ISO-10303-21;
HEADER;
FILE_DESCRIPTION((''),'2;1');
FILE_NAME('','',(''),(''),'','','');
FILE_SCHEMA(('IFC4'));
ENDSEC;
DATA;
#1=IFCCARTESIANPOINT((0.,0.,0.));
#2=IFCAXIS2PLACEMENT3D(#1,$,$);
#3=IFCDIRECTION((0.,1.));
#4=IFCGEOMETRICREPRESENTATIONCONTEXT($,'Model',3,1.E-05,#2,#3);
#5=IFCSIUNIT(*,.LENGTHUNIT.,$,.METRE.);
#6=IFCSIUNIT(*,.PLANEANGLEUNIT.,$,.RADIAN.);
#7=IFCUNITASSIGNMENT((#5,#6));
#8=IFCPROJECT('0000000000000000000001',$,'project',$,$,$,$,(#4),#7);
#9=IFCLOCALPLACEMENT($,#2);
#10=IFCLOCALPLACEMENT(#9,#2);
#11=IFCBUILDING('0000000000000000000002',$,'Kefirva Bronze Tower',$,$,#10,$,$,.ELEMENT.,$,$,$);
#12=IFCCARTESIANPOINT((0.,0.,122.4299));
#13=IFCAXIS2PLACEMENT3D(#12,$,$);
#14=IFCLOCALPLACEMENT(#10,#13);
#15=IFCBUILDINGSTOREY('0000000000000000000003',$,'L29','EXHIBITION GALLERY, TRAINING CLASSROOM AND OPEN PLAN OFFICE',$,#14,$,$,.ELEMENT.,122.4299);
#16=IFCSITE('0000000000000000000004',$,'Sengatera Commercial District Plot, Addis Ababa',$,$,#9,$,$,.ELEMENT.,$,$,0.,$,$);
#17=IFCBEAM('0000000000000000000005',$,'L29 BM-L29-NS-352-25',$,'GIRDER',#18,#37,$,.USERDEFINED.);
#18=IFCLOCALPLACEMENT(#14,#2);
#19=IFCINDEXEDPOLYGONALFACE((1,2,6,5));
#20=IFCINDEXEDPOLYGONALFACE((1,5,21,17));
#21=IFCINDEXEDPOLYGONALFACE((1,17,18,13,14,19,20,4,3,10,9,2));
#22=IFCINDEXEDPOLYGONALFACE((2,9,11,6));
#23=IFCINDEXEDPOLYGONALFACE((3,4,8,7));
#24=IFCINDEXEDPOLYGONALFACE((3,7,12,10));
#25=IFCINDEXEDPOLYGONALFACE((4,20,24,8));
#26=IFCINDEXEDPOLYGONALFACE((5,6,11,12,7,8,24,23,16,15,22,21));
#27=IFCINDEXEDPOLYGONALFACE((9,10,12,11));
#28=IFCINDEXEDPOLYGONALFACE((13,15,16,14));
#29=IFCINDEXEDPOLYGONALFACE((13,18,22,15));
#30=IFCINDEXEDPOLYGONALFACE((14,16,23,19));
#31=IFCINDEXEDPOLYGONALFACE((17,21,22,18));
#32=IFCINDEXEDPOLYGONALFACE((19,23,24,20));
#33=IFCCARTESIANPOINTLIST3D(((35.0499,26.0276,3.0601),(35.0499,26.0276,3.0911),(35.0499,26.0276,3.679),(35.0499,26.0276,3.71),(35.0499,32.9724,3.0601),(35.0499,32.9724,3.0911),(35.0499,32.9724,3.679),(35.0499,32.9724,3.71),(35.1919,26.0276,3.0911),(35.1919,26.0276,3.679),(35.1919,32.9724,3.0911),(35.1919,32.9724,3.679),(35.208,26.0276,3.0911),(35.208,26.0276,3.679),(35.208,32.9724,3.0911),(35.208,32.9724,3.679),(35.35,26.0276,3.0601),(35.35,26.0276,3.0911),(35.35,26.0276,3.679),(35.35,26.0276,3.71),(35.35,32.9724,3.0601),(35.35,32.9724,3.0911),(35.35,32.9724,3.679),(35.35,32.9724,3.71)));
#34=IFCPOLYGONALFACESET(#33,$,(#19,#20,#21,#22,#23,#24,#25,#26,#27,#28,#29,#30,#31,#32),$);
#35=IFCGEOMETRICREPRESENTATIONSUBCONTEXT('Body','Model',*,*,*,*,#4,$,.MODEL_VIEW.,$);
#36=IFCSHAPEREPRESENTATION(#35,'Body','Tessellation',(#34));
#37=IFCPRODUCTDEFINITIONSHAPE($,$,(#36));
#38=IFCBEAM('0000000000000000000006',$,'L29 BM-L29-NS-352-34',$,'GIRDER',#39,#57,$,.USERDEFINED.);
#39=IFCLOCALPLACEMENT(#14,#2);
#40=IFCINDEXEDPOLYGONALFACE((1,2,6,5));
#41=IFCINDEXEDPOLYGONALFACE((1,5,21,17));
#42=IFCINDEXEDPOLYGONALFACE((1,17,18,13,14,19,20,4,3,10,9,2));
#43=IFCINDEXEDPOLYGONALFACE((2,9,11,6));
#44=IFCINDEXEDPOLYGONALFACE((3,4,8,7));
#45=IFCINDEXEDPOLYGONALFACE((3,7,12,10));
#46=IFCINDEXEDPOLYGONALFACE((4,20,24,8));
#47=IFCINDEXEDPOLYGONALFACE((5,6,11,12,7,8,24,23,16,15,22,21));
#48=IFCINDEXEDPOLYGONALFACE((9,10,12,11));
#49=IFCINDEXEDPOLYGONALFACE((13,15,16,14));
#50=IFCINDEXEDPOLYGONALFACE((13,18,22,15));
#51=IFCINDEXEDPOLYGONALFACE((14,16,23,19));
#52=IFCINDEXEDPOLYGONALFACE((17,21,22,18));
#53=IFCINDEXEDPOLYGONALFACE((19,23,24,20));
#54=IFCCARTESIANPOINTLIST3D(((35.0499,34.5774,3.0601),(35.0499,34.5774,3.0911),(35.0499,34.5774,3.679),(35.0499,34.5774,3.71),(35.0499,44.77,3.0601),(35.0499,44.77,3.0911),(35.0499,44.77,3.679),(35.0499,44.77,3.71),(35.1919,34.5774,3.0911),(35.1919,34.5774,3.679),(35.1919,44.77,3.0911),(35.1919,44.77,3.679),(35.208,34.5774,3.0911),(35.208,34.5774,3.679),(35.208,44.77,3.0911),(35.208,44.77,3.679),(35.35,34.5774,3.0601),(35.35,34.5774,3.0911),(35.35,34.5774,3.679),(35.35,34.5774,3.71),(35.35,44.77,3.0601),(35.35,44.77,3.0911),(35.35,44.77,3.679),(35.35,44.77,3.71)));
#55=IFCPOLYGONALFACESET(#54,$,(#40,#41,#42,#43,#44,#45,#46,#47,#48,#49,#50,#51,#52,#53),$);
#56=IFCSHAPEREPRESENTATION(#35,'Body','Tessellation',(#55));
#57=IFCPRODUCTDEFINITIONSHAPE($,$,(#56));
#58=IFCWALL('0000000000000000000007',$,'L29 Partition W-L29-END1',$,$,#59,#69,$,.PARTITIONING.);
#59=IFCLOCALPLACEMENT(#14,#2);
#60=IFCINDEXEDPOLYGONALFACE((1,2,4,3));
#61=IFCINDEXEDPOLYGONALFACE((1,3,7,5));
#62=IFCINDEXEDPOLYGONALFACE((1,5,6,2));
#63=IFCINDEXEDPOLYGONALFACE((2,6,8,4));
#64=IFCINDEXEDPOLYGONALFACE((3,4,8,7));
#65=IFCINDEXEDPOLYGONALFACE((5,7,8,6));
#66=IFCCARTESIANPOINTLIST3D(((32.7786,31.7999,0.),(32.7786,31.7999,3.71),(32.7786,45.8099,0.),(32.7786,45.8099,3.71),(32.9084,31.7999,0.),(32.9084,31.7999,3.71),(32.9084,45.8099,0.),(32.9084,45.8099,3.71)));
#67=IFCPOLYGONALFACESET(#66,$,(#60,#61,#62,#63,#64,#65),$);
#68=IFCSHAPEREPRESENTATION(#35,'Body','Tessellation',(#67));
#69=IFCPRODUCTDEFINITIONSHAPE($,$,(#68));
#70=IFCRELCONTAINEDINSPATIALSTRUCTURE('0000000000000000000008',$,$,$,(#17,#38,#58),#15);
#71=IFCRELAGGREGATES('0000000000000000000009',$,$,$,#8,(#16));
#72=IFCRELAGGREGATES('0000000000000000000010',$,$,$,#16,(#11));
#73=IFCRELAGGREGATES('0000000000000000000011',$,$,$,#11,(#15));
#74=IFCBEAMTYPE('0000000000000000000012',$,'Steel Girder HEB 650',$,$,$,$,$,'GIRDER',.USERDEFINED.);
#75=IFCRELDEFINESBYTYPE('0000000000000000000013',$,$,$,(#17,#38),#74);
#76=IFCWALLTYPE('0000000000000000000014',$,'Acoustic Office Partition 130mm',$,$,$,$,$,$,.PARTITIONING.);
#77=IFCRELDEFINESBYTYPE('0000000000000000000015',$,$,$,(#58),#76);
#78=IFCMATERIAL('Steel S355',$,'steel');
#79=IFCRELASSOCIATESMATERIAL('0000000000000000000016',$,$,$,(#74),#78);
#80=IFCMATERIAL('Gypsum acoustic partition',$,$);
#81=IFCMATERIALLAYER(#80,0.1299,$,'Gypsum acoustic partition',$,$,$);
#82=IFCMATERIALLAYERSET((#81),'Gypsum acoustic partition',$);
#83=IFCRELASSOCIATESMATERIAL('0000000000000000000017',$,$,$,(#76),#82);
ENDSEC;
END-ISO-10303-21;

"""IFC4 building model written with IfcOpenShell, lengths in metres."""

from ifc_helpers import new_model, si_unit, direction, frame, frame_2d, origin, origin_2d, place, context, subcontext, project, spatial, rectangle, i_section, extrude, material, layer, layer_set, material_profile, profile_set, type_object, element, save


model = new_model("IFC4")

# Units and contexts
model_context = context("Model", 3, precision=1e-05, world=origin(), true_north=direction((0.0, 1.0)))
body_context = subcontext(model_context, "Body", "Model", "MODEL_VIEW")
ifc_project = project(units=[si_unit("LENGTHUNIT", "METRE"), si_unit("PLANEANGLEUNIT", "RADIAN")], contexts=[model_context])

# Site, building, storey
site_placement = place(None, origin())
site = spatial("IfcSite", under=ifc_project, at=site_placement, Name="Sengatera Commercial District Plot, Addis Ababa", CompositionType="ELEMENT", RefElevation=0.0)
building_placement = place(site_placement, origin())
building = spatial("IfcBuilding", under=site, at=building_placement, Name="Kefirva Bronze Tower", CompositionType="ELEMENT")
storey_placement = place(building_placement, frame((0.0, 0.0, 122.4299)))
storey = spatial("IfcBuildingStorey", under=building, at=storey_placement, Name="L29", Description="EXHIBITION GALLERY, TRAINING CLASSROOM AND OPEN PLAN OFFICE", CompositionType="ELEMENT", Elevation=122.4299)

# Beams
ifc_material_1 = material(Name="Steel S355", Category="steel")
ifc_material_profile_1 = material_profile(ifc_material_1, i_section(OverallWidth=0.3, OverallDepth=0.6499, WebThickness=0.0161, FlangeThickness=0.031, at=origin_2d()), Name="HEB 650")
ifc_profile_set_1 = profile_set([ifc_material_profile_1], Name="Steel S355")
beam_type_1 = type_object("IfcBeamType", Name="Steel Girder HEB 650", ElementType="GIRDER", PredefinedType="USERDEFINED", material=ifc_profile_set_1)
beam_1_placement = place(storey_placement, frame((35.2, 26.0276, 3.385), z_axis=(0.0, 1.0, 0.0), x_axis=(-1.0, 0.0, 0.0)))
element("IfcBeam", 1, at=beam_1_placement, inside=storey, type_object=beam_type_1, Name="L29 BM-L29-NS-352-25", ObjectType="GIRDER", PredefinedType="USERDEFINED", context=body_context, shape_type="SweptSolid", body=[
    extrude(i_section(OverallWidth=0.3, OverallDepth=0.6499, WebThickness=0.0161, FlangeThickness=0.031, at=origin_2d()), origin(), (0.0, 0.0, 1.0), 6.9448),
])
beam_2_placement = place(storey_placement, frame((35.2, 34.5774, 3.385), z_axis=(0.0, 1.0, 0.0), x_axis=(-1.0, 0.0, 0.0)))
element("IfcBeam", 2, at=beam_2_placement, inside=storey, type_object=beam_type_1, Name="L29 BM-L29-NS-352-34", ObjectType="GIRDER", PredefinedType="USERDEFINED", context=body_context, shape_type="SweptSolid", body=[
    extrude(i_section(OverallWidth=0.3, OverallDepth=0.6499, WebThickness=0.0161, FlangeThickness=0.031, at=origin_2d()), origin(), (0.0, 0.0, 1.0), 10.1926),
])

# Wall
ifc_material_2 = material(Name="Gypsum acoustic partition")
ifc_layer = layer(ifc_material_2, 0.1299, Name="Gypsum acoustic partition")
ifc_layer_set = layer_set([ifc_layer], Name="Gypsum acoustic partition")
wall_type = type_object("IfcWallType", Name="Acoustic Office Partition 130mm", PredefinedType="PARTITIONING", material=ifc_layer_set)
wall_placement = place(storey_placement, frame((32.8435, 31.8, 0.0), z_axis=(0.0, 0.0, 1.0), x_axis=(0.0, 1.0, 0.0)))
element("IfcWall", 3, at=wall_placement, inside=storey, type_object=wall_type, Name="L29 Partition W-L29-END1", PredefinedType="PARTITIONING", context=body_context, shape_type="SweptSolid", body=[
    extrude(rectangle(XDim=14.01, YDim=0.1299, at=frame_2d((7.0049, 0.0))), origin(), (0.0, 0.0, 1.0), 3.71),
])

save(model, "model.ifc")
